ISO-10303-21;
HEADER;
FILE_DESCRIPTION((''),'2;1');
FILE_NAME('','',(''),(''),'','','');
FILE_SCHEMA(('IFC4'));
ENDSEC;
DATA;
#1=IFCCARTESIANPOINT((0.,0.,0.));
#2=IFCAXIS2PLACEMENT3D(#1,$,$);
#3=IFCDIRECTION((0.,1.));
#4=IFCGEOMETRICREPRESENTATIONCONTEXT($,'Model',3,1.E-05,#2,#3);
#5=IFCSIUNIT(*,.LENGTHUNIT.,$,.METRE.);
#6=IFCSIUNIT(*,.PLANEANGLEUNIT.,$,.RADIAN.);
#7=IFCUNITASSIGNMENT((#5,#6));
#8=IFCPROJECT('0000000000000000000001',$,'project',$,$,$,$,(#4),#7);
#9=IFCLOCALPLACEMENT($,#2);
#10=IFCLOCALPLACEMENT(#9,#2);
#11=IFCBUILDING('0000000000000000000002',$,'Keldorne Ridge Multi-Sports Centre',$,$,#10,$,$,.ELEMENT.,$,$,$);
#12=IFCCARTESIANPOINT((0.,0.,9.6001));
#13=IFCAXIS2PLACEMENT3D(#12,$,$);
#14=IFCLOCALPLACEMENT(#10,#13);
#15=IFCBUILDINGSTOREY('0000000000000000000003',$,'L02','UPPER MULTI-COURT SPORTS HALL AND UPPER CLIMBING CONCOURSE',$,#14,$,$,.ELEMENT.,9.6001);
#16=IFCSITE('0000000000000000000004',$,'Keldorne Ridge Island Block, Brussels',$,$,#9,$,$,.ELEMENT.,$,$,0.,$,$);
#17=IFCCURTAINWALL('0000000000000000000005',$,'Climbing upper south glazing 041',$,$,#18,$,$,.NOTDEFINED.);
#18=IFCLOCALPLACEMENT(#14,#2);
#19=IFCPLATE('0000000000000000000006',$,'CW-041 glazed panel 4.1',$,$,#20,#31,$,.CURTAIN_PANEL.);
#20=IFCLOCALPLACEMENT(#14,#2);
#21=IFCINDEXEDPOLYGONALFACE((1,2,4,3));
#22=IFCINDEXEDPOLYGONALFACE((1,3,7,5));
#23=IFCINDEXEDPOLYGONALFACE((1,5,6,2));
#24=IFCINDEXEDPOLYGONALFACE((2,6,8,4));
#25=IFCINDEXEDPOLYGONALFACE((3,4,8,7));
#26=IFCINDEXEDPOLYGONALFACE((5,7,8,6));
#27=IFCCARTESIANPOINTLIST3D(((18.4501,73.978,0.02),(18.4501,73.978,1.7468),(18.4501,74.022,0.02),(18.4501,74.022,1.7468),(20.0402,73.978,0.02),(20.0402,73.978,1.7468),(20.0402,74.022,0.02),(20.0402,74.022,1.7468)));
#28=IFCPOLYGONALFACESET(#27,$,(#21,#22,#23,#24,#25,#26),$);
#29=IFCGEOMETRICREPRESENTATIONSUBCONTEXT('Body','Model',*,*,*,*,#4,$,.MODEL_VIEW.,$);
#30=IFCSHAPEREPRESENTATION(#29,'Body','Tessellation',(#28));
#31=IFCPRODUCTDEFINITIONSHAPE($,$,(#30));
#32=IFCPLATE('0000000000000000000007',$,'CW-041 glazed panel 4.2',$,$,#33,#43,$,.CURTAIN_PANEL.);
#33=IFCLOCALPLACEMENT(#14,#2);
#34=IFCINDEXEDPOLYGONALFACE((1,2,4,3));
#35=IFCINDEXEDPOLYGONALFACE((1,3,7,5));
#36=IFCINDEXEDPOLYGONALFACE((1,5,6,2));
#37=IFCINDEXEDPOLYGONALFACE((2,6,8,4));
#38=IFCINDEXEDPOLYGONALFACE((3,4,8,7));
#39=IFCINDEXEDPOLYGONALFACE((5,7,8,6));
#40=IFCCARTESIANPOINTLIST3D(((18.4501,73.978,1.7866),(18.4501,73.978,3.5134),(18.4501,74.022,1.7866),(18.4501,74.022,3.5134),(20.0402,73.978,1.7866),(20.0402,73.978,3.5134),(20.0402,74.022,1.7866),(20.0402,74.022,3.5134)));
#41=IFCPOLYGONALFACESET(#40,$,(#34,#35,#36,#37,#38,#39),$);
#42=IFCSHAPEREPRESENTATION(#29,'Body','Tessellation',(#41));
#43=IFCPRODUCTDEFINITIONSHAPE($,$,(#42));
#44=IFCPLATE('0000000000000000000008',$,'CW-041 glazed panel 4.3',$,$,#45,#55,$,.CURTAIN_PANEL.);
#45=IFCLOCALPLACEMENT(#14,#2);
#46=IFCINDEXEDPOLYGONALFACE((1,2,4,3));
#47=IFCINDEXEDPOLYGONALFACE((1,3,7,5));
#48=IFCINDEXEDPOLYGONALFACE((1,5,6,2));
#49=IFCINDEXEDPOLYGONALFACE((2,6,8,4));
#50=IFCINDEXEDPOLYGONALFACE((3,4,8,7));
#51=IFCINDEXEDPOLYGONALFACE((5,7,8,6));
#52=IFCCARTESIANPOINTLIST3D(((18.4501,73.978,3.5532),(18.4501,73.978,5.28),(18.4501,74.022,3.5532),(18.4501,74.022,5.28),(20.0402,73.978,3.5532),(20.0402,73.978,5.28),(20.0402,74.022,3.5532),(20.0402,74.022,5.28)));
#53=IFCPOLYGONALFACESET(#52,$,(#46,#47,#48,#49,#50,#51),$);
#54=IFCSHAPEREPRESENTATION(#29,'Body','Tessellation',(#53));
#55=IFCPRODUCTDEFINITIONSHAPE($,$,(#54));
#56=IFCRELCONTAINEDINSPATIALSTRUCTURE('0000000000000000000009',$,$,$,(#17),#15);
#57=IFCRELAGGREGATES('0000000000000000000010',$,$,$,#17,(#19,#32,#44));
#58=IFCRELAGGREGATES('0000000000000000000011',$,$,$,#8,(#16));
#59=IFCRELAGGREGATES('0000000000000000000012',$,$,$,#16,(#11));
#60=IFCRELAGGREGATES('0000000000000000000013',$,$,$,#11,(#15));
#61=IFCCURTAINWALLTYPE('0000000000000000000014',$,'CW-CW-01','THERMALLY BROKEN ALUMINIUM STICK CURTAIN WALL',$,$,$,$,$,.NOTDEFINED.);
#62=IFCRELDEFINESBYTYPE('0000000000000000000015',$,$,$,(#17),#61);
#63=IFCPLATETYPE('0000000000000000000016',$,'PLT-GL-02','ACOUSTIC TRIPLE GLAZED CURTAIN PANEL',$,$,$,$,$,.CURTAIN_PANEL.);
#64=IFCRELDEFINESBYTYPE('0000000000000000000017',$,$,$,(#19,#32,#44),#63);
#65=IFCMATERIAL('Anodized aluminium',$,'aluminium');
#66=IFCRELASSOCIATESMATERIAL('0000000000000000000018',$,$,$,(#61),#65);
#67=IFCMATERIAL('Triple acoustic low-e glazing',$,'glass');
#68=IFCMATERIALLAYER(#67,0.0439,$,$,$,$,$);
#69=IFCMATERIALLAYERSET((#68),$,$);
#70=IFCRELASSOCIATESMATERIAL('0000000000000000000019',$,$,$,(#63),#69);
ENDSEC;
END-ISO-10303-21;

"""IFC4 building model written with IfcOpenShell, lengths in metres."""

from ifc_helpers import new_model, si_unit, direction, frame, origin, origin_2d, place, context, subcontext, project, spatial, rectangle, extrude, material, layer, layer_set, type_object, element, aggregate, save


model = new_model("IFC4")

# Units and contexts
model_context = context("Model", 3, precision=1e-05, world=origin(), true_north=direction((0.0, 1.0)))
body_context = subcontext(model_context, "Body", "Model", "MODEL_VIEW")
ifc_project = project(units=[si_unit("LENGTHUNIT", "METRE"), si_unit("PLANEANGLEUNIT", "RADIAN")], contexts=[model_context])

# Site, building, storey
site_placement = place(None, origin())
site = spatial("IfcSite", under=ifc_project, at=site_placement, Name="Keldorne Ridge Island Block, Brussels", CompositionType="ELEMENT", RefElevation=0.0)
building_placement = place(site_placement, origin())
building = spatial("IfcBuilding", under=site, at=building_placement, Name="Keldorne Ridge Multi-Sports Centre", CompositionType="ELEMENT")
storey_placement = place(building_placement, frame((0.0, 0.0, 9.6001)))
storey = spatial("IfcBuildingStorey", under=building, at=storey_placement, Name="L02", Description="UPPER MULTI-COURT SPORTS HALL AND UPPER CLIMBING CONCOURSE", CompositionType="ELEMENT", Elevation=9.6001)

# Curtain wall
ifc_material_1 = material(Name="Anodized aluminium", Category="aluminium")
curtain_wall_type = type_object("IfcCurtainWallType", Name="CW-CW-01", Description="THERMALLY BROKEN ALUMINIUM STICK CURTAIN WALL", PredefinedType="NOTDEFINED", material=ifc_material_1)
curtain_wall_placement = place(storey_placement, origin())
curtain_wall = element("IfcCurtainWall", 1, at=curtain_wall_placement, inside=storey, type_object=curtain_wall_type, Name="Climbing upper south glazing 041", PredefinedType="NOTDEFINED")

# Plates
ifc_material_2 = material(Name="Triple acoustic low-e glazing", Category="glass")
ifc_layer = layer(ifc_material_2, 0.0439)
ifc_layer_set = layer_set([ifc_layer])
plate_type = type_object("IfcPlateType", Name="PLT-GL-02", Description="ACOUSTIC TRIPLE GLAZED CURTAIN PANEL", PredefinedType="CURTAIN_PANEL", material=ifc_layer_set)
plate_1_placement = place(storey_placement, frame((19.2451, 74.0, 0.02), z_axis=(0.0, 0.0, 1.0), x_axis=(1.0, 0.0, 0.0)))
plate_1 = element("IfcPlate", 2, at=plate_1_placement, type_object=plate_type, Name="CW-041 glazed panel 4.1", PredefinedType="CURTAIN_PANEL", context=body_context, shape_type="SweptSolid", body=[
    extrude(rectangle(XDim=1.5901, YDim=0.0439, at=origin_2d()), origin(), (0.0, 0.0, 1.0), 1.7268),
])
plate_2_placement = place(storey_placement, frame((19.2451, 74.0, 1.7866), z_axis=(0.0, 0.0, 1.0), x_axis=(1.0, 0.0, 0.0)))
plate_2 = element("IfcPlate", 3, at=plate_2_placement, type_object=plate_type, Name="CW-041 glazed panel 4.2", PredefinedType="CURTAIN_PANEL", context=body_context, shape_type="SweptSolid", body=[
    extrude(rectangle(XDim=1.5901, YDim=0.0439, at=origin_2d()), origin(), (0.0, 0.0, 1.0), 1.7268),
])
plate_3_placement = place(storey_placement, frame((19.2451, 74.0, 3.5532), z_axis=(0.0, 0.0, 1.0), x_axis=(1.0, 0.0, 0.0)))
plate_3 = element("IfcPlate", 4, at=plate_3_placement, type_object=plate_type, Name="CW-041 glazed panel 4.3", PredefinedType="CURTAIN_PANEL", context=body_context, shape_type="SweptSolid", body=[
    extrude(rectangle(XDim=1.5901, YDim=0.0439, at=origin_2d()), origin(), (0.0, 0.0, 1.0), 1.7268),
])
aggregate(curtain_wall, [plate_1, plate_2, plate_3])

save(model, "model.ifc")
